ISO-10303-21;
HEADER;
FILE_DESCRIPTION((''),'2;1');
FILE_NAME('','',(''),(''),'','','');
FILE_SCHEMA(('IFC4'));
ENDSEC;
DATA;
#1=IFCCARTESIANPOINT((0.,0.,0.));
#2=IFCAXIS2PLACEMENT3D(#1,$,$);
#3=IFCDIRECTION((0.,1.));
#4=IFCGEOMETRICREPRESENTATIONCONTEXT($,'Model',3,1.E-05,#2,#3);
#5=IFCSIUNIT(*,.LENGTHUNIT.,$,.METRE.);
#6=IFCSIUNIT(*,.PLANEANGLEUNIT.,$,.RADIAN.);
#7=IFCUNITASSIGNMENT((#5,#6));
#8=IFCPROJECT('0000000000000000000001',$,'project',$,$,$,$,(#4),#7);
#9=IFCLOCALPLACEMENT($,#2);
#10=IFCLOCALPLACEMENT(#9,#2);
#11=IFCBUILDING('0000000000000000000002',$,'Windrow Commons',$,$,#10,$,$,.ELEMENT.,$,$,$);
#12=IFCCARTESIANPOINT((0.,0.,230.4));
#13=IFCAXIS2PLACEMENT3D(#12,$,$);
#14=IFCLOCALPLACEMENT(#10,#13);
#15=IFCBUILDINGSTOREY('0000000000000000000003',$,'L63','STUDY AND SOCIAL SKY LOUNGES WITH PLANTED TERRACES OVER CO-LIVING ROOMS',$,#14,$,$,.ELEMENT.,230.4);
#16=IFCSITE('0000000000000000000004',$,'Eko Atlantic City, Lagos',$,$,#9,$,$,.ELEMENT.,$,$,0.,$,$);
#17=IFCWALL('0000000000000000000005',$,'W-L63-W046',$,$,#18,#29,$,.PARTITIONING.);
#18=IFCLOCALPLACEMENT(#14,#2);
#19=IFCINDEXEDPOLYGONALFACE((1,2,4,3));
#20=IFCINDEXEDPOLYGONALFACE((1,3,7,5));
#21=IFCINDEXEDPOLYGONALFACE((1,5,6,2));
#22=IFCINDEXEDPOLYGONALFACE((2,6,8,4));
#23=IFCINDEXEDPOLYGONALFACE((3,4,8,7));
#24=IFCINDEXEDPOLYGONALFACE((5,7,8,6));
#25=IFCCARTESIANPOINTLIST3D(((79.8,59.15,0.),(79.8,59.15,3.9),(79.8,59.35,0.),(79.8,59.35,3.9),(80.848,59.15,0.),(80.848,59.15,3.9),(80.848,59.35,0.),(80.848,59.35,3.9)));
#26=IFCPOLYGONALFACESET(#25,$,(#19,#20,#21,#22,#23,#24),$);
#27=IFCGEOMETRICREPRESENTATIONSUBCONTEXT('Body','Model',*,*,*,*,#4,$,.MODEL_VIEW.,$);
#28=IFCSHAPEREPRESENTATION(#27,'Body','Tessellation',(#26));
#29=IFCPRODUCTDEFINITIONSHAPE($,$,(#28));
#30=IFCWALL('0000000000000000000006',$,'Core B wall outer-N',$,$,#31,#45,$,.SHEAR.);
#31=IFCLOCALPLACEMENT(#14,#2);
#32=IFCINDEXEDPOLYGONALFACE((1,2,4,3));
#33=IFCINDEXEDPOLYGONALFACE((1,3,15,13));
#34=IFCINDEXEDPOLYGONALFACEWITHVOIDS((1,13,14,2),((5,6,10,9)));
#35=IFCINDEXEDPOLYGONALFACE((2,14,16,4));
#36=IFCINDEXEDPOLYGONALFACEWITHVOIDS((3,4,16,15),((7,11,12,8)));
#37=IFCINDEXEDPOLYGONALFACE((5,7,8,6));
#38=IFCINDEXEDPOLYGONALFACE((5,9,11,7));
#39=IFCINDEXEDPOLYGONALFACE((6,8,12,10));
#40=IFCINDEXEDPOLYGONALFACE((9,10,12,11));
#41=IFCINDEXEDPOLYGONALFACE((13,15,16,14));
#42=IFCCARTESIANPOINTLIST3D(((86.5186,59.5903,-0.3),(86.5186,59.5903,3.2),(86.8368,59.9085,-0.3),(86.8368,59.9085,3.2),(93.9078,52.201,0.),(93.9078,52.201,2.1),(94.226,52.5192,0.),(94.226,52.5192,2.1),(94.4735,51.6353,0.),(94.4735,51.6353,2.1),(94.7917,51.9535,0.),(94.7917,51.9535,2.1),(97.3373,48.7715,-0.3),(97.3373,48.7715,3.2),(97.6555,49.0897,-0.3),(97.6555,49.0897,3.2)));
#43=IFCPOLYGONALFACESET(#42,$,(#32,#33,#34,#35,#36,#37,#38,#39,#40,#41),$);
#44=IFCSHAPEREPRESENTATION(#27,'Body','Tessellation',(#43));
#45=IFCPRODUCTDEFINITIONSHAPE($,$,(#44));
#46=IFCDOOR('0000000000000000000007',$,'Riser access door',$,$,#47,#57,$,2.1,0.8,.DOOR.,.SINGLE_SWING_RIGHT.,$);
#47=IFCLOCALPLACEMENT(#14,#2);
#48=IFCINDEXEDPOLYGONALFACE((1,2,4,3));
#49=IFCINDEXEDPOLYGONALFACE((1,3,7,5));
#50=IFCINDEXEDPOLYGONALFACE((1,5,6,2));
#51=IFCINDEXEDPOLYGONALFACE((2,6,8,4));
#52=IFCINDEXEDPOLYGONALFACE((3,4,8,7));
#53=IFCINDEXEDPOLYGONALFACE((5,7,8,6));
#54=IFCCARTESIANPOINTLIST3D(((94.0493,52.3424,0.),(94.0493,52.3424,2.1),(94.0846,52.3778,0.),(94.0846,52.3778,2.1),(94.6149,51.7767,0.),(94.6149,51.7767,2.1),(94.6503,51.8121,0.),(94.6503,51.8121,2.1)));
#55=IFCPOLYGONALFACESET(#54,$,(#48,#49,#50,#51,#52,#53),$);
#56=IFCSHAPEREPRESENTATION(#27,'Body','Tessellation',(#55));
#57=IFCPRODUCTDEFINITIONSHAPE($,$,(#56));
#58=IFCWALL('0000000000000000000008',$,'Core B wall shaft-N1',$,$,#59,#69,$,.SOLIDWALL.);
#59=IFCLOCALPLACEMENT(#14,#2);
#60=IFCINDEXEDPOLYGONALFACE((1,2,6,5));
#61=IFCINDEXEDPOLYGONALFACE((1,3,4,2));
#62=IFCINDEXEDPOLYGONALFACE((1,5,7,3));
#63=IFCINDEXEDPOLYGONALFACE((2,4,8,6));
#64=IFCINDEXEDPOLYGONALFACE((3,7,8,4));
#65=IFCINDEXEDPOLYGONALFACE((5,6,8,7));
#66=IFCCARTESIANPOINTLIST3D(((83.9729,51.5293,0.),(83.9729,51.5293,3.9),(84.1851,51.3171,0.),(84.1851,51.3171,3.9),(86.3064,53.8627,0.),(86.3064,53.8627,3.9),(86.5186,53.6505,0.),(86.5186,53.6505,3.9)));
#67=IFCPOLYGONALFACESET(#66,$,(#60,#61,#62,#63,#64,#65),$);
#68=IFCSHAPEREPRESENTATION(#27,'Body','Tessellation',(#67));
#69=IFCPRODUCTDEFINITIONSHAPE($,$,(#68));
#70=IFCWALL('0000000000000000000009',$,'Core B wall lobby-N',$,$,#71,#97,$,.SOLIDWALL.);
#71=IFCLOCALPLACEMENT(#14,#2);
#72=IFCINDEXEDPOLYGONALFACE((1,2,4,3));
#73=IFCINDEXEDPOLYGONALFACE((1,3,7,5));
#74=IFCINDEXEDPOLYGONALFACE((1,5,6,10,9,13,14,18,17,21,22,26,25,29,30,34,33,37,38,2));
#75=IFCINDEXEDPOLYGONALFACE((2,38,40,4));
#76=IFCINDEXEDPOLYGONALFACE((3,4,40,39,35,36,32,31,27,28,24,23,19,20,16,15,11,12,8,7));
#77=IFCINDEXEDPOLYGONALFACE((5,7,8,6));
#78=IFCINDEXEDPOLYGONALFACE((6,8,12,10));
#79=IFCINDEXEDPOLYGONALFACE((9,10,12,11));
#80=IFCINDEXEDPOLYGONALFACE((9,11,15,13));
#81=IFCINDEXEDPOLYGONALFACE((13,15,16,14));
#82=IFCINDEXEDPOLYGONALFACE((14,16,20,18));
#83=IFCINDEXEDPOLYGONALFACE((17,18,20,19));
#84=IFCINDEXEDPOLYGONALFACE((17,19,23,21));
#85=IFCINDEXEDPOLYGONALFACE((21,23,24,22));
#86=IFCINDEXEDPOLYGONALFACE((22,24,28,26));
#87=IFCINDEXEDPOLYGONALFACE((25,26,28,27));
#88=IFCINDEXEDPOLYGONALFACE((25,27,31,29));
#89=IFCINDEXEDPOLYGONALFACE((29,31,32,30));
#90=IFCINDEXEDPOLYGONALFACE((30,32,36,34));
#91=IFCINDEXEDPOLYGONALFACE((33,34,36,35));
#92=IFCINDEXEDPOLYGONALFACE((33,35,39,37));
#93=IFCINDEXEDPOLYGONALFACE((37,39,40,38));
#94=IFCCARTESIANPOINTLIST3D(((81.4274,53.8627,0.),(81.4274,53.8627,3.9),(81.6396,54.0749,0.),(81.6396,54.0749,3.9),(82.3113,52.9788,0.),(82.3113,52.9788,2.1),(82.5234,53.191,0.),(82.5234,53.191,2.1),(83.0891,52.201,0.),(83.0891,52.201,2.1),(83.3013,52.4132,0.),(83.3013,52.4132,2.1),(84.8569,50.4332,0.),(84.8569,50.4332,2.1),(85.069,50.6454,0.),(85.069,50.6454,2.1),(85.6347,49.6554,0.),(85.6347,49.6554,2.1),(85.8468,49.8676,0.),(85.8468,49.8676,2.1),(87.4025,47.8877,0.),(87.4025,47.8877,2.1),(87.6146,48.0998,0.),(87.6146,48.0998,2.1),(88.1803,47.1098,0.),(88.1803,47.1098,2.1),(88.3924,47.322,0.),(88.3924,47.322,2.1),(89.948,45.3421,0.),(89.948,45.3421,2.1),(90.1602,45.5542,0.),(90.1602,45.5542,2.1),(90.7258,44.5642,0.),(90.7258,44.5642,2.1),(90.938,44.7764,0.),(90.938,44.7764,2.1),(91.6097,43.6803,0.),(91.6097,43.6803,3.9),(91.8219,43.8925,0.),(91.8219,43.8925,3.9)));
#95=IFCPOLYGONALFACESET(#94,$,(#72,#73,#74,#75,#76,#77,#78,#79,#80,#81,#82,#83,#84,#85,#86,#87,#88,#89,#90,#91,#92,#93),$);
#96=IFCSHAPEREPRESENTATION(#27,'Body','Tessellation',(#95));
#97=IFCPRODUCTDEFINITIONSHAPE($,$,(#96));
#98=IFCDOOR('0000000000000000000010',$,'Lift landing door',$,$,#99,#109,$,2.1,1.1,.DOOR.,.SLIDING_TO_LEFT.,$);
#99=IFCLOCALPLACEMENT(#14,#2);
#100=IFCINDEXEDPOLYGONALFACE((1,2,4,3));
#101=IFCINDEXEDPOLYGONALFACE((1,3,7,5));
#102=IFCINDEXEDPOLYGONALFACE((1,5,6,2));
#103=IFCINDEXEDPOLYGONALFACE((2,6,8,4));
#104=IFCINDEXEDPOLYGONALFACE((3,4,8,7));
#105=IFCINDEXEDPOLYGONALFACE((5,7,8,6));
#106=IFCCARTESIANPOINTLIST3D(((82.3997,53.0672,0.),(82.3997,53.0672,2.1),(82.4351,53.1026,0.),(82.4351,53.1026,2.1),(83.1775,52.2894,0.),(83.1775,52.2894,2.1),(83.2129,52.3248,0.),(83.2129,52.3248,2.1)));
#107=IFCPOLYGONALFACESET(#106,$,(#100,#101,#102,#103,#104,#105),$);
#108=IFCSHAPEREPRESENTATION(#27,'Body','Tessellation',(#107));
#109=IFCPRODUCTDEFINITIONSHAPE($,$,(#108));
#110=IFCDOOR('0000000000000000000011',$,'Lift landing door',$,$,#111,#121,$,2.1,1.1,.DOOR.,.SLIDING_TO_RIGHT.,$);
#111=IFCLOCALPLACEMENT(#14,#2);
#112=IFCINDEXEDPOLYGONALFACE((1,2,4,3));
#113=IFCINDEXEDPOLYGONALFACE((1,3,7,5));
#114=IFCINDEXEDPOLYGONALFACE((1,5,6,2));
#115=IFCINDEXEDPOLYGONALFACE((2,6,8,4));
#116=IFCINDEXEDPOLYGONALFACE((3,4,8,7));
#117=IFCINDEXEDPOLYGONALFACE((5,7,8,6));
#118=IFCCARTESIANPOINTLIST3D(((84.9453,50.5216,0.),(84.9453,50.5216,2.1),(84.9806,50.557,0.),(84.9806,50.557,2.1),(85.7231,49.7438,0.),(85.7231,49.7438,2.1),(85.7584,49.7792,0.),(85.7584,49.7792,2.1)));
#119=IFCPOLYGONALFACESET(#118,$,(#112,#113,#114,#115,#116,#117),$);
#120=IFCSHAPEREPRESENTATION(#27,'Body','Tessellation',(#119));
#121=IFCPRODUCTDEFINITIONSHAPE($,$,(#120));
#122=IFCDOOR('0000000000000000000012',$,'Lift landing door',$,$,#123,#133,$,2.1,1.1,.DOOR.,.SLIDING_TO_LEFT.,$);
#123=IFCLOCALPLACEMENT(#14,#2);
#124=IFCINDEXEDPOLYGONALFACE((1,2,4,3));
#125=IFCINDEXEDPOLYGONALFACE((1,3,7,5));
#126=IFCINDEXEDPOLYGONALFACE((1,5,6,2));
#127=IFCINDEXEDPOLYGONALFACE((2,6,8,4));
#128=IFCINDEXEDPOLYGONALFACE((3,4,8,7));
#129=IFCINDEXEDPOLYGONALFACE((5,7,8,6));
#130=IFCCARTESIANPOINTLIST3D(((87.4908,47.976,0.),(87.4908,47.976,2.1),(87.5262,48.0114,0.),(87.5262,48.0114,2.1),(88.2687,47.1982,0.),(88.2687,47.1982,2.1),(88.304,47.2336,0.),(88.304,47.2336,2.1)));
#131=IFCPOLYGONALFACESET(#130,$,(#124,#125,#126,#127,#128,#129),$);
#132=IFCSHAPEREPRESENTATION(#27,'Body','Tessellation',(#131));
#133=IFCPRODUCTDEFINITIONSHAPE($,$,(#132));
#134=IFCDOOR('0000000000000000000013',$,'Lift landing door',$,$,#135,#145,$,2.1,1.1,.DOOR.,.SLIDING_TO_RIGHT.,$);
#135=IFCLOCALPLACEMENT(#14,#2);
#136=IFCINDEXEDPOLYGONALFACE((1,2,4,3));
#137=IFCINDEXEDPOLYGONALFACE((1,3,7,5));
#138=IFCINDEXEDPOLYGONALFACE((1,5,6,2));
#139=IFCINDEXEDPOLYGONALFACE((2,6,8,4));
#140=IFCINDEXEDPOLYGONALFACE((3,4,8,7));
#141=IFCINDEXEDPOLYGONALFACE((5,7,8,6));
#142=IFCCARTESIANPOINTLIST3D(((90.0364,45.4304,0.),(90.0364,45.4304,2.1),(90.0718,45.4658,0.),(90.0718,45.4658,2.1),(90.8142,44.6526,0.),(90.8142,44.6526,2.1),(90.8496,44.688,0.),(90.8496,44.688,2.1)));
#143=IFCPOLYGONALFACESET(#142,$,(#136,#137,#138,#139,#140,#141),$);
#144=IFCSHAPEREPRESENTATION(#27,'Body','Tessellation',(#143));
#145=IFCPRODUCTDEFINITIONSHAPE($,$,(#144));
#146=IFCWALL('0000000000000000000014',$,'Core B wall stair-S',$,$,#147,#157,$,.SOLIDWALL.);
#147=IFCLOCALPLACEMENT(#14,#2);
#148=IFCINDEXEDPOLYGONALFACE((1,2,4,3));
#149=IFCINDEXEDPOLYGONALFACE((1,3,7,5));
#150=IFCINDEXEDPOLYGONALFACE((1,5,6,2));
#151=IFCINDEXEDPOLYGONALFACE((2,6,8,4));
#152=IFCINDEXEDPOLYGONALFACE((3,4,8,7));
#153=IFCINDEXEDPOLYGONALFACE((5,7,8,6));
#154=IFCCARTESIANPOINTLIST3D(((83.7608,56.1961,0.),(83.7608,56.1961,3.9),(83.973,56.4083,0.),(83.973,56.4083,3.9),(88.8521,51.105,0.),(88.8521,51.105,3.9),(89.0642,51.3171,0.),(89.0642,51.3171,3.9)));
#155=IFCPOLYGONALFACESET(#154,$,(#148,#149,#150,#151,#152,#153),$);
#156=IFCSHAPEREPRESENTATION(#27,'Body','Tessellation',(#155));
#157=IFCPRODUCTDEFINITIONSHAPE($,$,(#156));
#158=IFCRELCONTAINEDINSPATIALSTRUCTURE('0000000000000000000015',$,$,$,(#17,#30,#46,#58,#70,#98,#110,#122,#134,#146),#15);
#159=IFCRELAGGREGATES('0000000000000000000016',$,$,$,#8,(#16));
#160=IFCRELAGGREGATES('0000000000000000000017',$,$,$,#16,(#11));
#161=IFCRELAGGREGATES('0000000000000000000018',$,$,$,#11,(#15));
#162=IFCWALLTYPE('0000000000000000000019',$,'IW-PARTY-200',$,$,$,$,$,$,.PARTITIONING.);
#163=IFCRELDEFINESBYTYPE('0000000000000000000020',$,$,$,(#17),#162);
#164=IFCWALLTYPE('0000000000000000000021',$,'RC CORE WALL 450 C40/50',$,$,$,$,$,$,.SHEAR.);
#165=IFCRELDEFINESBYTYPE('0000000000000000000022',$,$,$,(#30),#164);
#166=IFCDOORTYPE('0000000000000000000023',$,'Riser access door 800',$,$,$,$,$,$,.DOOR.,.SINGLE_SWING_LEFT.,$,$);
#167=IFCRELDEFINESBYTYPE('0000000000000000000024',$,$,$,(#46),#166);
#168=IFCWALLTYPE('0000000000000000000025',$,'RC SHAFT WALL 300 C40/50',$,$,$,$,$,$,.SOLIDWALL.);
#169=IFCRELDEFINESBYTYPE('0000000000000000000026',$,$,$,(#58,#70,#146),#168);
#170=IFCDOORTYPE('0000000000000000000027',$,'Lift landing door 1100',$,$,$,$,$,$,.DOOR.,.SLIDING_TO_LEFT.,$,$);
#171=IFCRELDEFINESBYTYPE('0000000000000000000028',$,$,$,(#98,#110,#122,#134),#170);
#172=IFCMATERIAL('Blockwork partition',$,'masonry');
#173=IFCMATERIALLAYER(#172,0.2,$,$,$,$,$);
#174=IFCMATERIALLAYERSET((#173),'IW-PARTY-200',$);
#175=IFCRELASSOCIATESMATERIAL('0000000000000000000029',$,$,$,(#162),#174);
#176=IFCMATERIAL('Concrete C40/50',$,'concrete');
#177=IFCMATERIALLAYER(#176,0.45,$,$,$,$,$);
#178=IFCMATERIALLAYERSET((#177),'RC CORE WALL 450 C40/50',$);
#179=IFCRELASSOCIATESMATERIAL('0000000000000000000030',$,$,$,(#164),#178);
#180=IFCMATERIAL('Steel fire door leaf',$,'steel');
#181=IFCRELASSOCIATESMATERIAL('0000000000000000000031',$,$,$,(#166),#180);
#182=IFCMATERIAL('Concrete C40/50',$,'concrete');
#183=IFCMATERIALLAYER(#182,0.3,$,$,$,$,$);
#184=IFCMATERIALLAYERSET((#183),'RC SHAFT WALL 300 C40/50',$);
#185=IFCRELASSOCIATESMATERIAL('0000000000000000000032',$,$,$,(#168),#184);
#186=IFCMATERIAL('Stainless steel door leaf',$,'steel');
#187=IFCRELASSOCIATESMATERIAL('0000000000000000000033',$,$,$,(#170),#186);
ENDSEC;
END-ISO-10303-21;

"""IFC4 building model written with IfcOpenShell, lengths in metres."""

from ifc_helpers import new_model, si_unit, direction, frame, frame_2d, origin, place, context, subcontext, project, spatial, rectangle, extrude, material, layer, layer_set, type_object, element, fill, save


model = new_model("IFC4")

# Units and contexts
model_context = context("Model", 3, precision=1e-05, world=origin(), true_north=direction((0.0, 1.0)))
body_context = subcontext(model_context, "Body", "Model", "MODEL_VIEW")
ifc_project = project(units=[si_unit("LENGTHUNIT", "METRE"), si_unit("PLANEANGLEUNIT", "RADIAN")], contexts=[model_context])

# Site, building, storey
site_placement = place(None, origin())
site = spatial("IfcSite", under=ifc_project, at=site_placement, Name="Eko Atlantic City, Lagos", CompositionType="ELEMENT", RefElevation=0.0)
building_placement = place(site_placement, origin())
building = spatial("IfcBuilding", under=site, at=building_placement, Name="Windrow Commons", CompositionType="ELEMENT")
storey_placement = place(building_placement, frame((0.0, 0.0, 230.4)))
storey = spatial("IfcBuildingStorey", under=building, at=storey_placement, Name="L63", Description="STUDY AND SOCIAL SKY LOUNGES WITH PLANTED TERRACES OVER CO-LIVING ROOMS", CompositionType="ELEMENT", Elevation=230.4)

# Wall
ifc_material_1 = material(Name="Blockwork partition", Category="masonry")
ifc_layer_1 = layer(ifc_material_1, 0.2)
ifc_layer_set_1 = layer_set([ifc_layer_1], Name="IW-PARTY-200")
wall_type_1 = type_object("IfcWallType", Name="IW-PARTY-200", PredefinedType="PARTITIONING", material=ifc_layer_set_1)
wall_1_placement = place(storey_placement, frame((79.8, 59.25, 0.0), z_axis=(0.0, 0.0, 1.0), x_axis=(1.0, 0.0, 0.0)))
element("IfcWall", 1, at=wall_1_placement, inside=storey, type_object=wall_type_1, Name="W-L63-W046", PredefinedType="PARTITIONING", context=body_context, shape_type="SweptSolid", body=[
    extrude(rectangle(XDim=1.048, YDim=0.2, at=frame_2d((0.524, 0.0))), origin(), (0.0, 0.0, 1.0), 3.9),
])

# Wall, opening, door
ifc_material_2 = material(Name="Concrete C40/50", Category="concrete")
ifc_layer_2 = layer(ifc_material_2, 0.45)
ifc_layer_set_2 = layer_set([ifc_layer_2], Name="RC CORE WALL 450 C40/50")
wall_type_2 = type_object("IfcWallType", Name="RC CORE WALL 450 C40/50", PredefinedType="SHEAR", material=ifc_layer_set_2)
wall_2_placement = place(storey_placement, frame((86.6777, 59.7494, -0.3), z_axis=(0.0, 0.0, 1.0), x_axis=(0.707104, -0.70711, 0.0)))
wall_2 = element("IfcWall", 2, at=wall_2_placement, inside=storey, type_object=wall_type_2, Name="Core B wall outer-N", PredefinedType="SHEAR", context=body_context, shape_type="SweptSolid", body=[
    extrude(rectangle(XDim=15.3, YDim=0.45, at=frame_2d((7.65, 0.0))), origin(), (0.0, 0.0, 1.0), 3.5),
])
opening_1_placement = place(wall_2_placement, frame((10.45, 0.0, 0.3)))
opening_1 = element("IfcOpeningElement", 3, at=opening_1_placement, cuts=wall_2, PredefinedType="OPENING", context=body_context, shape_type="SweptSolid", body=[
    extrude(rectangle(XDim=0.8, YDim=2.1, at=frame_2d((0.4, 1.05))), frame((0.0, 0.235, 0.0), z_axis=(0.0, -1.0, 0.0), x_axis=(1.0, 0.0, 0.0)), (0.0, 0.0, 1.0), 0.47),
])
ifc_material_3 = material(Name="Steel fire door leaf", Category="steel")
door_type_1 = type_object("IfcDoorType", Name="Riser access door 800", OperationType="SINGLE_SWING_LEFT", PredefinedType="DOOR", material=ifc_material_3)
door_1_placement = place(opening_1_placement, origin())
door_1 = element("IfcDoor", 4, at=door_1_placement, inside=storey, type_object=door_type_1, Name="Riser access door", OperationType="SINGLE_SWING_RIGHT", OverallHeight=2.1, OverallWidth=0.8, PredefinedType="DOOR", context=body_context, shape_type="SweptSolid", body=[
    extrude(rectangle(XDim=0.8, YDim=2.1, at=frame_2d((0.4, 1.05))), frame((0.0, 0.025, 0.0), z_axis=(0.0, -1.0, 0.0), x_axis=(1.0, 0.0, 0.0)), (0.0, 0.0, 1.0), 0.05),
])
fill(opening_1, door_1)

# Wall
ifc_material_4 = material(Name="Concrete C40/50", Category="concrete")
ifc_layer_3 = layer(ifc_material_4, 0.3)
ifc_layer_set_3 = layer_set([ifc_layer_3], Name="RC SHAFT WALL 300 C40/50")
wall_type_3 = type_object("IfcWallType", Name="RC SHAFT WALL 300 C40/50", PredefinedType="SOLIDWALL", material=ifc_layer_set_3)
wall_3_placement = place(storey_placement, frame((84.079, 51.4232, 0.0), z_axis=(0.0, 0.0, 1.0), x_axis=(0.707122, 0.707092, 0.0)))
element("IfcWall", 5, at=wall_3_placement, inside=storey, type_object=wall_type_3, Name="Core B wall shaft-N1", PredefinedType="SOLIDWALL", context=body_context, shape_type="SweptSolid", body=[
    extrude(rectangle(XDim=3.3, YDim=0.3, at=frame_2d((1.65, 0.0))), origin(), (0.0, 0.0, 1.0), 3.9),
])

# Wall, openings, doors
wall_4_placement = place(storey_placement, frame((81.5335, 53.9688, 0.0), z_axis=(0.0, 0.0, 1.0), x_axis=(0.707103, -0.70711, 0.0)))
wall_4 = element("IfcWall", 6, at=wall_4_placement, inside=storey, type_object=wall_type_3, Name="Core B wall lobby-N", PredefinedType="SOLIDWALL", context=body_context, shape_type="SweptSolid", body=[
    extrude(rectangle(XDim=14.4, YDim=0.3, at=frame_2d((7.2, 0.0))), origin(), (0.0, 0.0, 1.0), 3.9),
])
opening_2_placement = place(wall_4_placement, frame((1.25, 0.0, 0.0)))
opening_2 = element("IfcOpeningElement", 7, at=opening_2_placement, cuts=wall_4, PredefinedType="OPENING", context=body_context, shape_type="SweptSolid", body=[
    extrude(rectangle(XDim=1.1, YDim=2.1, at=frame_2d((0.55, 1.05))), frame((0.0, 0.16, 0.0), z_axis=(0.0, -1.0, 0.0), x_axis=(1.0, 0.0, 0.0)), (0.0, 0.0, 1.0), 0.32),
])
opening_3_placement = place(wall_4_placement, frame((4.85, 0.0, 0.0)))
opening_3 = element("IfcOpeningElement", 8, at=opening_3_placement, cuts=wall_4, PredefinedType="OPENING", context=body_context, shape_type="SweptSolid", body=[
    extrude(rectangle(XDim=1.1, YDim=2.1, at=frame_2d((0.55, 1.05))), frame((0.0, 0.16, 0.0), z_axis=(0.0, -1.0, 0.0), x_axis=(1.0, 0.0, 0.0)), (0.0, 0.0, 1.0), 0.32),
])
opening_4_placement = place(wall_4_placement, frame((8.45, 0.0, 0.0)))
opening_4 = element("IfcOpeningElement", 9, at=opening_4_placement, cuts=wall_4, PredefinedType="OPENING", context=body_context, shape_type="SweptSolid", body=[
    extrude(rectangle(XDim=1.1, YDim=2.1, at=frame_2d((0.55, 1.05))), frame((0.0, 0.16, 0.0), z_axis=(0.0, -1.0, 0.0), x_axis=(1.0, 0.0, 0.0)), (0.0, 0.0, 1.0), 0.32),
])
opening_5_placement = place(wall_4_placement, frame((12.05, 0.0, 0.0)))
opening_5 = element("IfcOpeningElement", 10, at=opening_5_placement, cuts=wall_4, PredefinedType="OPENING", context=body_context, shape_type="SweptSolid", body=[
    extrude(rectangle(XDim=1.1, YDim=2.1, at=frame_2d((0.55, 1.05))), frame((0.0, 0.16, 0.0), z_axis=(0.0, -1.0, 0.0), x_axis=(1.0, 0.0, 0.0)), (0.0, 0.0, 1.0), 0.32),
])
ifc_material_5 = material(Name="Stainless steel door leaf", Category="steel")
door_type_2 = type_object("IfcDoorType", Name="Lift landing door 1100", OperationType="SLIDING_TO_LEFT", PredefinedType="DOOR", material=ifc_material_5)
door_2_placement = place(opening_2_placement, origin())
door_2 = element("IfcDoor", 11, at=door_2_placement, inside=storey, type_object=door_type_2, Name="Lift landing door", OperationType="SLIDING_TO_LEFT", OverallHeight=2.1, OverallWidth=1.1, PredefinedType="DOOR", context=body_context, shape_type="SweptSolid", body=[
    extrude(rectangle(XDim=1.1, YDim=2.1, at=frame_2d((0.55, 1.05))), frame((0.0, 0.025, 0.0), z_axis=(0.0, -1.0, 0.0), x_axis=(1.0, 0.0, 0.0)), (0.0, 0.0, 1.0), 0.05),
])
fill(opening_2, door_2)
door_3_placement = place(opening_3_placement, origin())
door_3 = element("IfcDoor", 12, at=door_3_placement, inside=storey, type_object=door_type_2, Name="Lift landing door", OperationType="SLIDING_TO_RIGHT", OverallHeight=2.1, OverallWidth=1.1, PredefinedType="DOOR", context=body_context, shape_type="SweptSolid", body=[
    extrude(rectangle(XDim=1.1, YDim=2.1, at=frame_2d((0.55, 1.05))), frame((0.0, 0.025, 0.0), z_axis=(0.0, -1.0, 0.0), x_axis=(1.0, 0.0, 0.0)), (0.0, 0.0, 1.0), 0.05),
])
fill(opening_3, door_3)
door_4_placement = place(opening_4_placement, origin())
door_4 = element("IfcDoor", 13, at=door_4_placement, inside=storey, type_object=door_type_2, Name="Lift landing door", OperationType="SLIDING_TO_LEFT", OverallHeight=2.1, OverallWidth=1.1, PredefinedType="DOOR", context=body_context, shape_type="SweptSolid", body=[
    extrude(rectangle(XDim=1.1, YDim=2.1, at=frame_2d((0.55, 1.05))), frame((0.0, 0.025, 0.0), z_axis=(0.0, -1.0, 0.0), x_axis=(1.0, 0.0, 0.0)), (0.0, 0.0, 1.0), 0.05),
])
fill(opening_4, door_4)
door_5_placement = place(opening_5_placement, origin())
door_5 = element("IfcDoor", 14, at=door_5_placement, inside=storey, type_object=door_type_2, Name="Lift landing door", OperationType="SLIDING_TO_RIGHT", OverallHeight=2.1, OverallWidth=1.1, PredefinedType="DOOR", context=body_context, shape_type="SweptSolid", body=[
    extrude(rectangle(XDim=1.1, YDim=2.1, at=frame_2d((0.55, 1.05))), frame((0.0, 0.025, 0.0), z_axis=(0.0, -1.0, 0.0), x_axis=(1.0, 0.0, 0.0)), (0.0, 0.0, 1.0), 0.05),
])
fill(opening_5, door_5)

# Wall
wall_5_placement = place(storey_placement, frame((83.8669, 56.3022, 0.0), z_axis=(0.0, 0.0, 1.0), x_axis=(0.707114, -0.7071, 0.0)))
element("IfcWall", 15, at=wall_5_placement, inside=storey, type_object=wall_type_3, Name="Core B wall stair-S", PredefinedType="SOLIDWALL", context=body_context, shape_type="SweptSolid", body=[
    extrude(rectangle(XDim=7.2, YDim=0.3, at=frame_2d((3.6, 0.0))), origin(), (0.0, 0.0, 1.0), 3.9),
])

save(model, "model.ifc")
